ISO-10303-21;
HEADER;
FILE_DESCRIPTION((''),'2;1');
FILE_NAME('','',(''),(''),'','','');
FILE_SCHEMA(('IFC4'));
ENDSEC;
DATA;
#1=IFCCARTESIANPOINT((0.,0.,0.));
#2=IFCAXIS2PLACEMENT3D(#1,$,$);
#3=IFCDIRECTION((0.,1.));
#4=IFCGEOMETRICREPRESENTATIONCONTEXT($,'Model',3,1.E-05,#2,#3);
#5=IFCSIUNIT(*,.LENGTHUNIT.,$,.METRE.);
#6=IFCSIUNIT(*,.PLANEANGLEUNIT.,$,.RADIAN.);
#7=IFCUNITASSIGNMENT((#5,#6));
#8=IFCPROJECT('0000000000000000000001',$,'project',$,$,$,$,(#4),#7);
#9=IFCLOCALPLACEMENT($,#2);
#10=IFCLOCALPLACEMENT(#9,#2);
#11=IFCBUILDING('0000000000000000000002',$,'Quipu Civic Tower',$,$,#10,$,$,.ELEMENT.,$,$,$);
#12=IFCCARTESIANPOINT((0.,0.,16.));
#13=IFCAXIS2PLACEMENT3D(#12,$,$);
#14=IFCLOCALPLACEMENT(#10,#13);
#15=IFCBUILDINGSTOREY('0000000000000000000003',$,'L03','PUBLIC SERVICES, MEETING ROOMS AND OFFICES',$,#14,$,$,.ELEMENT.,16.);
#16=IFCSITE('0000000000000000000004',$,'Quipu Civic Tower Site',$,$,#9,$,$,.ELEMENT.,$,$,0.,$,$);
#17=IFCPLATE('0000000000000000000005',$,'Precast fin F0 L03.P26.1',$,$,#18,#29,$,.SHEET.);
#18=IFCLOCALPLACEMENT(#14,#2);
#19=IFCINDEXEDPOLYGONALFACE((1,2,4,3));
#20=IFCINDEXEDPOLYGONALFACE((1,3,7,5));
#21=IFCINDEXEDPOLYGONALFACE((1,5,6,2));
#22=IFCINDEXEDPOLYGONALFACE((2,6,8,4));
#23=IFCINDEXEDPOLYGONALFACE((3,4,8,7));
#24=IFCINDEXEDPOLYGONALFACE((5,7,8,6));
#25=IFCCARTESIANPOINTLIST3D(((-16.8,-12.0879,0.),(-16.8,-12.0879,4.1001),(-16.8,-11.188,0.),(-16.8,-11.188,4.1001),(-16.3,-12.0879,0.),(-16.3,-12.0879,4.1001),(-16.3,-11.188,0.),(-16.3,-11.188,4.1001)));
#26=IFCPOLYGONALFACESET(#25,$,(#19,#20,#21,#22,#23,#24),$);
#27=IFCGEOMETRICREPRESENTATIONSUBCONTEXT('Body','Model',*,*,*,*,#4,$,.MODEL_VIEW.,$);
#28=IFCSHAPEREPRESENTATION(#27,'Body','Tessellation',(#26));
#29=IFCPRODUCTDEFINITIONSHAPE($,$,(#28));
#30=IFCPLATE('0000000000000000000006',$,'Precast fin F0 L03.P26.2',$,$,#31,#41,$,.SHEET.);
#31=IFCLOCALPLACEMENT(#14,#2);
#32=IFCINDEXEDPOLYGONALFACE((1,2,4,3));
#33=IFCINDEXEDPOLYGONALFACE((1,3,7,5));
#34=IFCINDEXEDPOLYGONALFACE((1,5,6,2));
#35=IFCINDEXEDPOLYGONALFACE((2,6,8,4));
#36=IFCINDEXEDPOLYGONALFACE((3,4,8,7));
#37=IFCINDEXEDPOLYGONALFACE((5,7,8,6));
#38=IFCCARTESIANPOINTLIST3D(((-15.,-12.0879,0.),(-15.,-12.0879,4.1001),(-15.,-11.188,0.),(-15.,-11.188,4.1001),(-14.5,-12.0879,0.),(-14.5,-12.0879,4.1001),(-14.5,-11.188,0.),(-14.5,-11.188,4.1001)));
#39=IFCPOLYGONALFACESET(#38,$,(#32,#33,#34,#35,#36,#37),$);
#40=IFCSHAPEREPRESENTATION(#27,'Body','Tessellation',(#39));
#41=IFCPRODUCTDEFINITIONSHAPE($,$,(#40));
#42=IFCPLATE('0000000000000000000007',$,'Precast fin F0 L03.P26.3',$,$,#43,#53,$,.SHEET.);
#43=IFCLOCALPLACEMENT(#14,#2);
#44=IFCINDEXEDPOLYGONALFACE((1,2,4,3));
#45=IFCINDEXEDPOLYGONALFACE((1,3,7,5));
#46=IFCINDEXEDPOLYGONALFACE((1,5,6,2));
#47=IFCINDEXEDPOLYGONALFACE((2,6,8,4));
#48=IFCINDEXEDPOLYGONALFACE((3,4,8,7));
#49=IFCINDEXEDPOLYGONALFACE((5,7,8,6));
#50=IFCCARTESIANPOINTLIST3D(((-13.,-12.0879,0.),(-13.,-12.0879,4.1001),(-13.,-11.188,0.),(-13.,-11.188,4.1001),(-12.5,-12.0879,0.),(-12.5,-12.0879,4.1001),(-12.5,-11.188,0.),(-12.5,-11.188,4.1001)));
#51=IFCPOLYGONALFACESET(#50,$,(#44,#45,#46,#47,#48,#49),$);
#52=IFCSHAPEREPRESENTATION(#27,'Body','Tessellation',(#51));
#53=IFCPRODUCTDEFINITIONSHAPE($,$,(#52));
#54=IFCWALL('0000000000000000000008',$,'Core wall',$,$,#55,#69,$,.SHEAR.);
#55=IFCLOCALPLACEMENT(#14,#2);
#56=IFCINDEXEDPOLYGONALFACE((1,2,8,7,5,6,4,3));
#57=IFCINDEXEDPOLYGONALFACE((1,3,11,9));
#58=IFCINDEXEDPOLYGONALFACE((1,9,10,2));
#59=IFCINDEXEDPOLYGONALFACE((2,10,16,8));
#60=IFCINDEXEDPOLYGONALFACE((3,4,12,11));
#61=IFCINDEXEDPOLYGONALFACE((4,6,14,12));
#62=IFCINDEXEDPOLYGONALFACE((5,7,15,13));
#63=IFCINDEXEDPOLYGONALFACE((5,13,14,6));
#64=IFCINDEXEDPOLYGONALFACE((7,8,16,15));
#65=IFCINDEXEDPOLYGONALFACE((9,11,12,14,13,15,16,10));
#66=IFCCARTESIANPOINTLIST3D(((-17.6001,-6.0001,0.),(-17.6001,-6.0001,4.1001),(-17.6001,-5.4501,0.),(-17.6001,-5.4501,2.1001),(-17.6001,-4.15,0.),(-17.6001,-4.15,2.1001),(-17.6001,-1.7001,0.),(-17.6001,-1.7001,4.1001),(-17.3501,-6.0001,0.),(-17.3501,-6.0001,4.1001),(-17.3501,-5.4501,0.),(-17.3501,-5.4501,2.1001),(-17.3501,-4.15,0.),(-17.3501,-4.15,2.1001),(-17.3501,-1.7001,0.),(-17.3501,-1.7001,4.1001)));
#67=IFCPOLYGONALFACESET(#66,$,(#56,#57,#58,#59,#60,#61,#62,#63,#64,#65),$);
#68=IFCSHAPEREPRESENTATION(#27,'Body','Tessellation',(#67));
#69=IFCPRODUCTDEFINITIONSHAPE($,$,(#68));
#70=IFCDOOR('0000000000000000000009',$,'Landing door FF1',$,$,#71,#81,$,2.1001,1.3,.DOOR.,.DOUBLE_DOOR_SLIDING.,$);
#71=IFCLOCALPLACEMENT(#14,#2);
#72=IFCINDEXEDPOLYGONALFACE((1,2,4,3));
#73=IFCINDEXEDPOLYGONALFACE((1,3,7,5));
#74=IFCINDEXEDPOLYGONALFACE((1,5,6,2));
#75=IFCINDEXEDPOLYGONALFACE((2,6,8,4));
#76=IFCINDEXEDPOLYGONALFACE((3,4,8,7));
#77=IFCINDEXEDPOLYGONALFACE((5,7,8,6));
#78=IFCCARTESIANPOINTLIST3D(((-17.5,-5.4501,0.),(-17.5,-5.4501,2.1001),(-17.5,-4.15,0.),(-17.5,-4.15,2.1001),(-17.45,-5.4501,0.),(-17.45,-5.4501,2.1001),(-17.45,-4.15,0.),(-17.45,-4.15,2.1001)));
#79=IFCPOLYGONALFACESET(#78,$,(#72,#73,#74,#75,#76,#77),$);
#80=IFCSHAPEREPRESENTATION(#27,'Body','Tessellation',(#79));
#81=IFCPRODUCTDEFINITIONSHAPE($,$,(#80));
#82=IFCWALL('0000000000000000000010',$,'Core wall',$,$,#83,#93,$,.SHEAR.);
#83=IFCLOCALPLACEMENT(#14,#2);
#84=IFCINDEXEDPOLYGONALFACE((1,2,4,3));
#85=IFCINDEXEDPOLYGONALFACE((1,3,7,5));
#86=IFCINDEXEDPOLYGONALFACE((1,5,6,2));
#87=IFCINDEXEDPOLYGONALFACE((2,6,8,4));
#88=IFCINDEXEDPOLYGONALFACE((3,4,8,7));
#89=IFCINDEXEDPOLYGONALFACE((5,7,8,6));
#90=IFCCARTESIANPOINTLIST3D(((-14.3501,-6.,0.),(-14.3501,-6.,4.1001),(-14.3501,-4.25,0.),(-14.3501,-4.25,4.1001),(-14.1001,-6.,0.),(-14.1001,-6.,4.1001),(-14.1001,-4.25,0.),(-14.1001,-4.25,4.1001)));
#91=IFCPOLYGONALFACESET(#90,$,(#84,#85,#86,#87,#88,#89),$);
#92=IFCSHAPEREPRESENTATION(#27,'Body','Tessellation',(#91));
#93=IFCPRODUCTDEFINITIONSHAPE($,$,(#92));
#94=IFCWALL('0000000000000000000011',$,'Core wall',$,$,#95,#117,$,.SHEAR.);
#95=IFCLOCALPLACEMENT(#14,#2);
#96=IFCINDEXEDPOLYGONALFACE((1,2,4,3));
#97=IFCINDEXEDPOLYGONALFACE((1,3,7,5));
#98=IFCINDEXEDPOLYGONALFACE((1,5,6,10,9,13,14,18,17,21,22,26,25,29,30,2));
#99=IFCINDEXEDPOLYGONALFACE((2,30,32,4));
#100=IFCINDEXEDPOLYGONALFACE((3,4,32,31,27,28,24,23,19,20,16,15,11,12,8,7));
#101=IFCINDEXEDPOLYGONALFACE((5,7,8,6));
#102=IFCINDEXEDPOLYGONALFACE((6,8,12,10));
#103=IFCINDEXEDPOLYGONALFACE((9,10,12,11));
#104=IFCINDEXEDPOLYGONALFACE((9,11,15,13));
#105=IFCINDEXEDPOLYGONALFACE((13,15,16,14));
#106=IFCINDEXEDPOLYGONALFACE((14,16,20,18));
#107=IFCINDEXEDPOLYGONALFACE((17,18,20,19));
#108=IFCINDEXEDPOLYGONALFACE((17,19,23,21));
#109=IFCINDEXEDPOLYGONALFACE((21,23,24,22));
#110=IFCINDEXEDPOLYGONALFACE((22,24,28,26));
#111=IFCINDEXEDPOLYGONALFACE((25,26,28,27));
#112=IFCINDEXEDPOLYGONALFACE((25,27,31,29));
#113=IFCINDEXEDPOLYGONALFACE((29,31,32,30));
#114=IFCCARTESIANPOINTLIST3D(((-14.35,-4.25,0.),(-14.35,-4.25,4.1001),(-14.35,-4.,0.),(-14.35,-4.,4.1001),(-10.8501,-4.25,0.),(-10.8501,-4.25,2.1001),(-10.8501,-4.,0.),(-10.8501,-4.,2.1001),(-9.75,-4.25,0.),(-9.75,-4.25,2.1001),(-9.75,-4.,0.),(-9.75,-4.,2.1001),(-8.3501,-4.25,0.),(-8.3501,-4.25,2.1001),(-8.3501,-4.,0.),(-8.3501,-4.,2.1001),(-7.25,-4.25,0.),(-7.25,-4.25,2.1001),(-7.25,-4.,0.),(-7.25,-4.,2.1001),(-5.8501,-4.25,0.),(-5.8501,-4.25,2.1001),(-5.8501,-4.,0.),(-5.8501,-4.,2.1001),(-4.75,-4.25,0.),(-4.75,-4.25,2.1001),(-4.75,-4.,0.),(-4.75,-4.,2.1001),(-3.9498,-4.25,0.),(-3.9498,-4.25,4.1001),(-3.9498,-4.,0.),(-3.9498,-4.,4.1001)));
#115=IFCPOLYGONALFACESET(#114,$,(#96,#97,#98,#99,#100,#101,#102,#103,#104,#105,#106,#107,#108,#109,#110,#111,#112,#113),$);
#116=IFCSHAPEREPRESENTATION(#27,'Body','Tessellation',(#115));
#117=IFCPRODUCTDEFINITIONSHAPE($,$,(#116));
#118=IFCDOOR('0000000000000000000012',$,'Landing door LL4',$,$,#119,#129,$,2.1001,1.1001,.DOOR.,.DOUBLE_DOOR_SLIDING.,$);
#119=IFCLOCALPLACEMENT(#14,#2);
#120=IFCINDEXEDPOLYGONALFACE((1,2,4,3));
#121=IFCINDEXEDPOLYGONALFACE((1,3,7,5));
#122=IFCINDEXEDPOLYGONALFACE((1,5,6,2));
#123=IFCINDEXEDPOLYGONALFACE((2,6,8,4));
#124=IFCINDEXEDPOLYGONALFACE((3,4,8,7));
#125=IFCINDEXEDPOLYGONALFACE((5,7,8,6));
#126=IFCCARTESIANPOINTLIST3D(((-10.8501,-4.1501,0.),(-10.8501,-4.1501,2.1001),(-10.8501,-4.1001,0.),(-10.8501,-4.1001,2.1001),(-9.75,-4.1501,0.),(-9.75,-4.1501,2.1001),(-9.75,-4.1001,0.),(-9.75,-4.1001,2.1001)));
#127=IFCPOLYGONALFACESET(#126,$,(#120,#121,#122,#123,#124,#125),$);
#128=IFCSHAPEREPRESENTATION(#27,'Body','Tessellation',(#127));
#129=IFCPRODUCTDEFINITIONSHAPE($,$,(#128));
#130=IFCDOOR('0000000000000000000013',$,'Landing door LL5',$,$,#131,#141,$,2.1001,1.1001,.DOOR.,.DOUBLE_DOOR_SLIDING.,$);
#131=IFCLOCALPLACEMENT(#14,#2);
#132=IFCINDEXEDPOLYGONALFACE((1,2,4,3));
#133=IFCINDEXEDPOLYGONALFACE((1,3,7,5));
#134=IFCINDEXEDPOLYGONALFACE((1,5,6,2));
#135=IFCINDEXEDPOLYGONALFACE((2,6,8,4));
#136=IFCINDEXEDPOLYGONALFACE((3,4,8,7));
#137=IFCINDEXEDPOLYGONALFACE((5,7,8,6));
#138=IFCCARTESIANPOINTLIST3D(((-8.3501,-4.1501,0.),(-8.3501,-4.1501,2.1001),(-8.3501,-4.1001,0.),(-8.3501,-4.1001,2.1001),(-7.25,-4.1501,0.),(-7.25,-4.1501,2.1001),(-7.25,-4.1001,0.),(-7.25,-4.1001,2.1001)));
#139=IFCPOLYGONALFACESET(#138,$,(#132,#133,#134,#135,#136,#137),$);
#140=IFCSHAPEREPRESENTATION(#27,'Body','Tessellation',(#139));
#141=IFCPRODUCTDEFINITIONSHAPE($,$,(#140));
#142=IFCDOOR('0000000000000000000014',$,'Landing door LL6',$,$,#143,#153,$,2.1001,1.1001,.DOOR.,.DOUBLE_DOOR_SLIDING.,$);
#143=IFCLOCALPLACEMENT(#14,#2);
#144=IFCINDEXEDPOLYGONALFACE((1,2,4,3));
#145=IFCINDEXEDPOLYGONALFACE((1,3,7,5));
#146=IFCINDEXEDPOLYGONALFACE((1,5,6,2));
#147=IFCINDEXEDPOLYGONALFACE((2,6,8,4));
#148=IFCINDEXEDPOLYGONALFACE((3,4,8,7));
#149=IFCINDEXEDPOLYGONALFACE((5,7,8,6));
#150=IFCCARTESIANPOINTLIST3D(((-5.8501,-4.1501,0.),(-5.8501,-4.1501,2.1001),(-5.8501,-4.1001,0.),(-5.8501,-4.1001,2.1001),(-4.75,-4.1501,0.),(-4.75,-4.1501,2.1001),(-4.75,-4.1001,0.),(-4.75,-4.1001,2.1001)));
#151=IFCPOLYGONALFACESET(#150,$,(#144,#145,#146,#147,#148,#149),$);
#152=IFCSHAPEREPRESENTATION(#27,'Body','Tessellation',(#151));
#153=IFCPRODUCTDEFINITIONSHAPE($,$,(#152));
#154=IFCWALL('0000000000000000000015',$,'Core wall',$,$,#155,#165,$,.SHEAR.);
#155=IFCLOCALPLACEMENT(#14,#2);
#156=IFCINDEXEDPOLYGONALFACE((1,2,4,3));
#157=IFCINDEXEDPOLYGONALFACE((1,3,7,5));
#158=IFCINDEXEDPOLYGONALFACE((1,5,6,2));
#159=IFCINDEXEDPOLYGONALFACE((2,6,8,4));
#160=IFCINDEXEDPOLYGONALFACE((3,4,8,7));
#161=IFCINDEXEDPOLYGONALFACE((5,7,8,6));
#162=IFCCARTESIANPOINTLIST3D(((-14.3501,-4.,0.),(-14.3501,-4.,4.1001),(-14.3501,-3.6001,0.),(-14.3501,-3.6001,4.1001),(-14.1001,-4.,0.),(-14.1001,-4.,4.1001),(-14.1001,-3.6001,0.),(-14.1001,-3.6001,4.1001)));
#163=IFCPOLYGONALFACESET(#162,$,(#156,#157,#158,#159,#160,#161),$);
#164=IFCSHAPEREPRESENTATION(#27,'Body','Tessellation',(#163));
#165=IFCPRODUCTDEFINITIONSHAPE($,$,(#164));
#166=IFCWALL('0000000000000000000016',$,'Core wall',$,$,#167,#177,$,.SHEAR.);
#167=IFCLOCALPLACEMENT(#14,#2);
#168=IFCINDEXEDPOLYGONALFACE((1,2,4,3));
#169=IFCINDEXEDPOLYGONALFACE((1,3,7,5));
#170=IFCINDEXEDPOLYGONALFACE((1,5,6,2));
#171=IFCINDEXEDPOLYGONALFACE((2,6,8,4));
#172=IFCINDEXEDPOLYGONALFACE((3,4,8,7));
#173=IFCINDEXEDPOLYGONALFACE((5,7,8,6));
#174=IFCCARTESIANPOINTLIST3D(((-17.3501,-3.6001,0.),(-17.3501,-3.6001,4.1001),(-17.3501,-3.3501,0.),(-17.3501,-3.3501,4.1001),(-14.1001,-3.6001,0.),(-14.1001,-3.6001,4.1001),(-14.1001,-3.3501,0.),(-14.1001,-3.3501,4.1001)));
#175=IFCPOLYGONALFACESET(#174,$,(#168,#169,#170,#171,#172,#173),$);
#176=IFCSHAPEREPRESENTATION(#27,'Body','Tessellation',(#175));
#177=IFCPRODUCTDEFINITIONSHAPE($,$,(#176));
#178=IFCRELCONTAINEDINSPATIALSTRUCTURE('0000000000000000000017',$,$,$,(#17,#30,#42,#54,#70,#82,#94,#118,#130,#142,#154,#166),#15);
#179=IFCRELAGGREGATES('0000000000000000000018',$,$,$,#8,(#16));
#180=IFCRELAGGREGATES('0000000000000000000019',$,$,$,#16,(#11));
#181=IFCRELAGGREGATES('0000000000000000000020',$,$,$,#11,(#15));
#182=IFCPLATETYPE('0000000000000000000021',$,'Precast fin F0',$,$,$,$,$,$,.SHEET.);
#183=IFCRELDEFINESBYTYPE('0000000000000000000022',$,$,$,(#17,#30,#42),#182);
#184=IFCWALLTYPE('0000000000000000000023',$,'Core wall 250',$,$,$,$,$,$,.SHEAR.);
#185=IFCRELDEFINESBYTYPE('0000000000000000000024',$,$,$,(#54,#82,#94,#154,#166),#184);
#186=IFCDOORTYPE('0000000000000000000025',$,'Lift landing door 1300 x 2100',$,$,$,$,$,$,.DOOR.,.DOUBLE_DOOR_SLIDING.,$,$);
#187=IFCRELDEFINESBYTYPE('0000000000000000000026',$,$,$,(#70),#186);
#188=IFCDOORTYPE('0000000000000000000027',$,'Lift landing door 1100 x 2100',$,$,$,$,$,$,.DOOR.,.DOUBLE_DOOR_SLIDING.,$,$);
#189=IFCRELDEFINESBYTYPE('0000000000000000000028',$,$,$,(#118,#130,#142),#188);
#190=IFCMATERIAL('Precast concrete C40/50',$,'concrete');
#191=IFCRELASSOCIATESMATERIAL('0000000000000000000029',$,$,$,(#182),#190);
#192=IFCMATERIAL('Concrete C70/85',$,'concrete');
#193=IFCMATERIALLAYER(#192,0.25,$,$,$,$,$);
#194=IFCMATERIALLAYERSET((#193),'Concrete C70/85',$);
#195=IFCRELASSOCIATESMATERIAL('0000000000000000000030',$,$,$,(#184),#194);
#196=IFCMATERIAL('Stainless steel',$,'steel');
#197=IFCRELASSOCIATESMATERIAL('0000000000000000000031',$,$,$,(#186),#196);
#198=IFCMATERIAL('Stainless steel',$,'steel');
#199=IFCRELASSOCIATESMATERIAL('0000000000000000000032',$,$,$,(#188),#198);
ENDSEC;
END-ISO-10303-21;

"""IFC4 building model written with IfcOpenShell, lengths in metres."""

from ifc_helpers import new_model, si_unit, direction, frame, frame_2d, origin, origin_2d, place, context, subcontext, project, spatial, rectangle, extrude, material, layer, layer_set, type_object, element, fill, save


model = new_model("IFC4")

# Units and contexts
model_context = context("Model", 3, precision=1e-05, world=origin(), true_north=direction((0.0, 1.0)))
body_context = subcontext(model_context, "Body", "Model", "MODEL_VIEW")
ifc_project = project(units=[si_unit("LENGTHUNIT", "METRE"), si_unit("PLANEANGLEUNIT", "RADIAN")], contexts=[model_context])

# Site, building, storey
site_placement = place(None, origin())
site = spatial("IfcSite", under=ifc_project, at=site_placement, Name="Quipu Civic Tower Site", CompositionType="ELEMENT", RefElevation=0.0)
building_placement = place(site_placement, origin())
building = spatial("IfcBuilding", under=site, at=building_placement, Name="Quipu Civic Tower", CompositionType="ELEMENT")
storey_placement = place(building_placement, frame((0.0, 0.0, 16.0)))
storey = spatial("IfcBuildingStorey", under=building, at=storey_placement, Name="L03", Description="PUBLIC SERVICES, MEETING ROOMS AND OFFICES", CompositionType="ELEMENT", Elevation=16.0)

# Plates
ifc_material_1 = material(Name="Precast concrete C40/50", Category="concrete")
plate_type = type_object("IfcPlateType", Name="Precast fin F0", PredefinedType="SHEET", material=ifc_material_1)
for number, where, z_axis, x_axis, name in (
    (1, (-16.55, -11.6379, 0.0), (0.0, 0.0, 1.0), (1.0, 0.0, 0.0), "Precast fin F0 L03.P26.1"),
    (2, (-14.75, -11.6379, 0.0), (0.0, 0.0, 1.0), (1.0, 0.0, 0.0), "Precast fin F0 L03.P26.2"),
    (3, (-12.75, -11.6379, 0.0), (0.0, 0.0, 1.0), (1.0, 0.0, 0.0), "Precast fin F0 L03.P26.3"),
):
    element("IfcPlate", number, at=place(storey_placement, frame(where, z_axis=z_axis, x_axis=x_axis)), inside=storey, type_object=plate_type, Name=name, PredefinedType="SHEET", context=body_context, shape_type="SweptSolid", body=[
        extrude(rectangle(XDim=0.5, YDim=0.8999, at=origin_2d()), origin(), (0.0, 0.0, 1.0), 4.1001),
    ])

# Wall, opening, door
ifc_material_2 = material(Name="Concrete C70/85", Category="concrete")
ifc_layer_1 = layer(ifc_material_2, 0.25)
ifc_layer_set_1 = layer_set([ifc_layer_1], Name="Concrete C70/85")
wall_type_1 = type_object("IfcWallType", Name="Core wall 250", PredefinedType="SHEAR", material=ifc_layer_set_1)
wall_1_placement = place(storey_placement, frame((-17.4751, -6.0, 0.0), z_axis=(0.0, 0.0, 1.0), x_axis=(0.0, 1.0, 0.0)))
wall_1 = element("IfcWall", 4, at=wall_1_placement, inside=storey, type_object=wall_type_1, Name="Core wall", PredefinedType="SHEAR", context=body_context, shape_type="SweptSolid", body=[
    extrude(rectangle(XDim=4.3, YDim=0.25, at=frame_2d((2.1499, 0.0))), origin(), (0.0, 0.0, 1.0), 4.1001),
])
opening_1_placement = place(wall_1_placement, frame((0.55, 0.0, 0.0)))
opening_1 = element("IfcOpeningElement", 5, at=opening_1_placement, cuts=wall_1, PredefinedType="OPENING", context=body_context, shape_type="SweptSolid", body=[
    extrude(rectangle(XDim=1.3, YDim=2.1001, at=frame_2d((0.6499, 1.05))), frame((0.0, 0.135, 0.0), z_axis=(0.0, -1.0, 0.0), x_axis=(1.0, 0.0, 0.0)), (0.0, 0.0, 1.0), 0.27),
])
ifc_material_3 = material(Name="Stainless steel", Category="steel")
door_type_1 = type_object("IfcDoorType", Name="Lift landing door 1300 x 2100", OperationType="DOUBLE_DOOR_SLIDING", PredefinedType="DOOR", material=ifc_material_3)
door_1_placement = place(opening_1_placement, origin())
door_1 = element("IfcDoor", 6, at=door_1_placement, inside=storey, type_object=door_type_1, Name="Landing door FF1", OperationType="DOUBLE_DOOR_SLIDING", OverallHeight=2.1001, OverallWidth=1.3, PredefinedType="DOOR", context=body_context, shape_type="SweptSolid", body=[
    extrude(rectangle(XDim=1.3, YDim=2.1001, at=frame_2d((0.6499, 1.05))), frame((0.0, 0.0249, 0.0), z_axis=(0.0, -1.0, 0.0), x_axis=(1.0, 0.0, 0.0)), (0.0, 0.0, 1.0), 0.05),
])
fill(opening_1, door_1)

# Wall
wall_2_placement = place(storey_placement, frame((-14.2251, -6.0, 0.0), z_axis=(0.0, 0.0, 1.0), x_axis=(0.0, 1.0, 0.0)))
element("IfcWall", 7, at=wall_2_placement, inside=storey, type_object=wall_type_1, Name="Core wall", PredefinedType="SHEAR", context=body_context, shape_type="SweptSolid", body=[
    extrude(rectangle(XDim=1.75, YDim=0.25, at=frame_2d((0.875, 0.0))), origin(), (0.0, 0.0, 1.0), 4.1001),
])

# Wall, openings, doors
wall_3_placement = place(storey_placement, frame((-14.3501, -4.125, 0.0), z_axis=(0.0, 0.0, 1.0), x_axis=(1.0, 0.0, 0.0)))
wall_3 = element("IfcWall", 8, at=wall_3_placement, inside=storey, type_object=wall_type_1, Name="Core wall", PredefinedType="SHEAR", context=body_context, shape_type="SweptSolid", body=[
    extrude(rectangle(XDim=10.4001, YDim=0.25, at=frame_2d((5.2002, 0.0))), origin(), (0.0, 0.0, 1.0), 4.1001),
])
opening_2_placement = place(wall_3_placement, frame((3.5, 0.0, 0.0)))
opening_2 = element("IfcOpeningElement", 9, at=opening_2_placement, cuts=wall_3, PredefinedType="OPENING", context=body_context, shape_type="SweptSolid", body=[
    extrude(rectangle(XDim=1.1001, YDim=2.1001, at=frame_2d((0.55, 1.05))), frame((0.0, 0.135, 0.0), z_axis=(0.0, -1.0, 0.0), x_axis=(1.0, 0.0, 0.0)), (0.0, 0.0, 1.0), 0.27),
])
opening_3_placement = place(wall_3_placement, frame((6.0, 0.0, 0.0)))
opening_3 = element("IfcOpeningElement", 10, at=opening_3_placement, cuts=wall_3, PredefinedType="OPENING", context=body_context, shape_type="SweptSolid", body=[
    extrude(rectangle(XDim=1.1001, YDim=2.1001, at=frame_2d((0.55, 1.05))), frame((0.0, 0.135, 0.0), z_axis=(0.0, -1.0, 0.0), x_axis=(1.0, 0.0, 0.0)), (0.0, 0.0, 1.0), 0.27),
])
opening_4_placement = place(wall_3_placement, frame((8.5, 0.0, 0.0)))
opening_4 = element("IfcOpeningElement", 11, at=opening_4_placement, cuts=wall_3, PredefinedType="OPENING", context=body_context, shape_type="SweptSolid", body=[
    extrude(rectangle(XDim=1.1001, YDim=2.1001, at=frame_2d((0.55, 1.05))), frame((0.0, 0.135, 0.0), z_axis=(0.0, -1.0, 0.0), x_axis=(1.0, 0.0, 0.0)), (0.0, 0.0, 1.0), 0.27),
])
ifc_material_4 = material(Name="Stainless steel", Category="steel")
door_type_2 = type_object("IfcDoorType", Name="Lift landing door 1100 x 2100", OperationType="DOUBLE_DOOR_SLIDING", PredefinedType="DOOR", material=ifc_material_4)
door_2_placement = place(opening_2_placement, origin())
door_2 = element("IfcDoor", 12, at=door_2_placement, inside=storey, type_object=door_type_2, Name="Landing door LL4", OperationType="DOUBLE_DOOR_SLIDING", OverallHeight=2.1001, OverallWidth=1.1001, PredefinedType="DOOR", context=body_context, shape_type="SweptSolid", body=[
    extrude(rectangle(XDim=1.1001, YDim=2.1001, at=frame_2d((0.55, 1.05))), frame((0.0, 0.0249, 0.0), z_axis=(0.0, -1.0, 0.0), x_axis=(1.0, 0.0, 0.0)), (0.0, 0.0, 1.0), 0.05),
])
fill(opening_2, door_2)
door_3_placement = place(opening_3_placement, origin())
door_3 = element("IfcDoor", 13, at=door_3_placement, inside=storey, type_object=door_type_2, Name="Landing door LL5", OperationType="DOUBLE_DOOR_SLIDING", OverallHeight=2.1001, OverallWidth=1.1001, PredefinedType="DOOR", context=body_context, shape_type="SweptSolid", body=[
    extrude(rectangle(XDim=1.1001, YDim=2.1001, at=frame_2d((0.55, 1.05))), frame((0.0, 0.0249, 0.0), z_axis=(0.0, -1.0, 0.0), x_axis=(1.0, 0.0, 0.0)), (0.0, 0.0, 1.0), 0.05),
])
fill(opening_3, door_3)
door_4_placement = place(opening_4_placement, origin())
door_4 = element("IfcDoor", 14, at=door_4_placement, inside=storey, type_object=door_type_2, Name="Landing door LL6", OperationType="DOUBLE_DOOR_SLIDING", OverallHeight=2.1001, OverallWidth=1.1001, PredefinedType="DOOR", context=body_context, shape_type="SweptSolid", body=[
    extrude(rectangle(XDim=1.1001, YDim=2.1001, at=frame_2d((0.55, 1.05))), frame((0.0, 0.0249, 0.0), z_axis=(0.0, -1.0, 0.0), x_axis=(1.0, 0.0, 0.0)), (0.0, 0.0, 1.0), 0.05),
])
fill(opening_4, door_4)

# Walls
wall_4_placement = place(storey_placement, frame((-14.2251, -4.0, 0.0), z_axis=(0.0, 0.0, 1.0), x_axis=(0.0, 1.0, 0.0)))
element("IfcWall", 15, at=wall_4_placement, inside=storey, type_object=wall_type_1, Name="Core wall", PredefinedType="SHEAR", context=body_context, shape_type="SweptSolid", body=[
    extrude(rectangle(XDim=0.3999, YDim=0.25, at=frame_2d((0.2, 0.0))), origin(), (0.0, 0.0, 1.0), 4.1001),
])
wall_5_placement = place(storey_placement, frame((-17.3501, -3.4751, 0.0), z_axis=(0.0, 0.0, 1.0), x_axis=(1.0, 0.0, 0.0)))
element("IfcWall", 16, at=wall_5_placement, inside=storey, type_object=wall_type_1, Name="Core wall", PredefinedType="SHEAR", context=body_context, shape_type="SweptSolid", body=[
    extrude(rectangle(XDim=3.25, YDim=0.25, at=frame_2d((1.625, 0.0))), origin(), (0.0, 0.0, 1.0), 4.1001),
])

save(model, "model.ifc")
